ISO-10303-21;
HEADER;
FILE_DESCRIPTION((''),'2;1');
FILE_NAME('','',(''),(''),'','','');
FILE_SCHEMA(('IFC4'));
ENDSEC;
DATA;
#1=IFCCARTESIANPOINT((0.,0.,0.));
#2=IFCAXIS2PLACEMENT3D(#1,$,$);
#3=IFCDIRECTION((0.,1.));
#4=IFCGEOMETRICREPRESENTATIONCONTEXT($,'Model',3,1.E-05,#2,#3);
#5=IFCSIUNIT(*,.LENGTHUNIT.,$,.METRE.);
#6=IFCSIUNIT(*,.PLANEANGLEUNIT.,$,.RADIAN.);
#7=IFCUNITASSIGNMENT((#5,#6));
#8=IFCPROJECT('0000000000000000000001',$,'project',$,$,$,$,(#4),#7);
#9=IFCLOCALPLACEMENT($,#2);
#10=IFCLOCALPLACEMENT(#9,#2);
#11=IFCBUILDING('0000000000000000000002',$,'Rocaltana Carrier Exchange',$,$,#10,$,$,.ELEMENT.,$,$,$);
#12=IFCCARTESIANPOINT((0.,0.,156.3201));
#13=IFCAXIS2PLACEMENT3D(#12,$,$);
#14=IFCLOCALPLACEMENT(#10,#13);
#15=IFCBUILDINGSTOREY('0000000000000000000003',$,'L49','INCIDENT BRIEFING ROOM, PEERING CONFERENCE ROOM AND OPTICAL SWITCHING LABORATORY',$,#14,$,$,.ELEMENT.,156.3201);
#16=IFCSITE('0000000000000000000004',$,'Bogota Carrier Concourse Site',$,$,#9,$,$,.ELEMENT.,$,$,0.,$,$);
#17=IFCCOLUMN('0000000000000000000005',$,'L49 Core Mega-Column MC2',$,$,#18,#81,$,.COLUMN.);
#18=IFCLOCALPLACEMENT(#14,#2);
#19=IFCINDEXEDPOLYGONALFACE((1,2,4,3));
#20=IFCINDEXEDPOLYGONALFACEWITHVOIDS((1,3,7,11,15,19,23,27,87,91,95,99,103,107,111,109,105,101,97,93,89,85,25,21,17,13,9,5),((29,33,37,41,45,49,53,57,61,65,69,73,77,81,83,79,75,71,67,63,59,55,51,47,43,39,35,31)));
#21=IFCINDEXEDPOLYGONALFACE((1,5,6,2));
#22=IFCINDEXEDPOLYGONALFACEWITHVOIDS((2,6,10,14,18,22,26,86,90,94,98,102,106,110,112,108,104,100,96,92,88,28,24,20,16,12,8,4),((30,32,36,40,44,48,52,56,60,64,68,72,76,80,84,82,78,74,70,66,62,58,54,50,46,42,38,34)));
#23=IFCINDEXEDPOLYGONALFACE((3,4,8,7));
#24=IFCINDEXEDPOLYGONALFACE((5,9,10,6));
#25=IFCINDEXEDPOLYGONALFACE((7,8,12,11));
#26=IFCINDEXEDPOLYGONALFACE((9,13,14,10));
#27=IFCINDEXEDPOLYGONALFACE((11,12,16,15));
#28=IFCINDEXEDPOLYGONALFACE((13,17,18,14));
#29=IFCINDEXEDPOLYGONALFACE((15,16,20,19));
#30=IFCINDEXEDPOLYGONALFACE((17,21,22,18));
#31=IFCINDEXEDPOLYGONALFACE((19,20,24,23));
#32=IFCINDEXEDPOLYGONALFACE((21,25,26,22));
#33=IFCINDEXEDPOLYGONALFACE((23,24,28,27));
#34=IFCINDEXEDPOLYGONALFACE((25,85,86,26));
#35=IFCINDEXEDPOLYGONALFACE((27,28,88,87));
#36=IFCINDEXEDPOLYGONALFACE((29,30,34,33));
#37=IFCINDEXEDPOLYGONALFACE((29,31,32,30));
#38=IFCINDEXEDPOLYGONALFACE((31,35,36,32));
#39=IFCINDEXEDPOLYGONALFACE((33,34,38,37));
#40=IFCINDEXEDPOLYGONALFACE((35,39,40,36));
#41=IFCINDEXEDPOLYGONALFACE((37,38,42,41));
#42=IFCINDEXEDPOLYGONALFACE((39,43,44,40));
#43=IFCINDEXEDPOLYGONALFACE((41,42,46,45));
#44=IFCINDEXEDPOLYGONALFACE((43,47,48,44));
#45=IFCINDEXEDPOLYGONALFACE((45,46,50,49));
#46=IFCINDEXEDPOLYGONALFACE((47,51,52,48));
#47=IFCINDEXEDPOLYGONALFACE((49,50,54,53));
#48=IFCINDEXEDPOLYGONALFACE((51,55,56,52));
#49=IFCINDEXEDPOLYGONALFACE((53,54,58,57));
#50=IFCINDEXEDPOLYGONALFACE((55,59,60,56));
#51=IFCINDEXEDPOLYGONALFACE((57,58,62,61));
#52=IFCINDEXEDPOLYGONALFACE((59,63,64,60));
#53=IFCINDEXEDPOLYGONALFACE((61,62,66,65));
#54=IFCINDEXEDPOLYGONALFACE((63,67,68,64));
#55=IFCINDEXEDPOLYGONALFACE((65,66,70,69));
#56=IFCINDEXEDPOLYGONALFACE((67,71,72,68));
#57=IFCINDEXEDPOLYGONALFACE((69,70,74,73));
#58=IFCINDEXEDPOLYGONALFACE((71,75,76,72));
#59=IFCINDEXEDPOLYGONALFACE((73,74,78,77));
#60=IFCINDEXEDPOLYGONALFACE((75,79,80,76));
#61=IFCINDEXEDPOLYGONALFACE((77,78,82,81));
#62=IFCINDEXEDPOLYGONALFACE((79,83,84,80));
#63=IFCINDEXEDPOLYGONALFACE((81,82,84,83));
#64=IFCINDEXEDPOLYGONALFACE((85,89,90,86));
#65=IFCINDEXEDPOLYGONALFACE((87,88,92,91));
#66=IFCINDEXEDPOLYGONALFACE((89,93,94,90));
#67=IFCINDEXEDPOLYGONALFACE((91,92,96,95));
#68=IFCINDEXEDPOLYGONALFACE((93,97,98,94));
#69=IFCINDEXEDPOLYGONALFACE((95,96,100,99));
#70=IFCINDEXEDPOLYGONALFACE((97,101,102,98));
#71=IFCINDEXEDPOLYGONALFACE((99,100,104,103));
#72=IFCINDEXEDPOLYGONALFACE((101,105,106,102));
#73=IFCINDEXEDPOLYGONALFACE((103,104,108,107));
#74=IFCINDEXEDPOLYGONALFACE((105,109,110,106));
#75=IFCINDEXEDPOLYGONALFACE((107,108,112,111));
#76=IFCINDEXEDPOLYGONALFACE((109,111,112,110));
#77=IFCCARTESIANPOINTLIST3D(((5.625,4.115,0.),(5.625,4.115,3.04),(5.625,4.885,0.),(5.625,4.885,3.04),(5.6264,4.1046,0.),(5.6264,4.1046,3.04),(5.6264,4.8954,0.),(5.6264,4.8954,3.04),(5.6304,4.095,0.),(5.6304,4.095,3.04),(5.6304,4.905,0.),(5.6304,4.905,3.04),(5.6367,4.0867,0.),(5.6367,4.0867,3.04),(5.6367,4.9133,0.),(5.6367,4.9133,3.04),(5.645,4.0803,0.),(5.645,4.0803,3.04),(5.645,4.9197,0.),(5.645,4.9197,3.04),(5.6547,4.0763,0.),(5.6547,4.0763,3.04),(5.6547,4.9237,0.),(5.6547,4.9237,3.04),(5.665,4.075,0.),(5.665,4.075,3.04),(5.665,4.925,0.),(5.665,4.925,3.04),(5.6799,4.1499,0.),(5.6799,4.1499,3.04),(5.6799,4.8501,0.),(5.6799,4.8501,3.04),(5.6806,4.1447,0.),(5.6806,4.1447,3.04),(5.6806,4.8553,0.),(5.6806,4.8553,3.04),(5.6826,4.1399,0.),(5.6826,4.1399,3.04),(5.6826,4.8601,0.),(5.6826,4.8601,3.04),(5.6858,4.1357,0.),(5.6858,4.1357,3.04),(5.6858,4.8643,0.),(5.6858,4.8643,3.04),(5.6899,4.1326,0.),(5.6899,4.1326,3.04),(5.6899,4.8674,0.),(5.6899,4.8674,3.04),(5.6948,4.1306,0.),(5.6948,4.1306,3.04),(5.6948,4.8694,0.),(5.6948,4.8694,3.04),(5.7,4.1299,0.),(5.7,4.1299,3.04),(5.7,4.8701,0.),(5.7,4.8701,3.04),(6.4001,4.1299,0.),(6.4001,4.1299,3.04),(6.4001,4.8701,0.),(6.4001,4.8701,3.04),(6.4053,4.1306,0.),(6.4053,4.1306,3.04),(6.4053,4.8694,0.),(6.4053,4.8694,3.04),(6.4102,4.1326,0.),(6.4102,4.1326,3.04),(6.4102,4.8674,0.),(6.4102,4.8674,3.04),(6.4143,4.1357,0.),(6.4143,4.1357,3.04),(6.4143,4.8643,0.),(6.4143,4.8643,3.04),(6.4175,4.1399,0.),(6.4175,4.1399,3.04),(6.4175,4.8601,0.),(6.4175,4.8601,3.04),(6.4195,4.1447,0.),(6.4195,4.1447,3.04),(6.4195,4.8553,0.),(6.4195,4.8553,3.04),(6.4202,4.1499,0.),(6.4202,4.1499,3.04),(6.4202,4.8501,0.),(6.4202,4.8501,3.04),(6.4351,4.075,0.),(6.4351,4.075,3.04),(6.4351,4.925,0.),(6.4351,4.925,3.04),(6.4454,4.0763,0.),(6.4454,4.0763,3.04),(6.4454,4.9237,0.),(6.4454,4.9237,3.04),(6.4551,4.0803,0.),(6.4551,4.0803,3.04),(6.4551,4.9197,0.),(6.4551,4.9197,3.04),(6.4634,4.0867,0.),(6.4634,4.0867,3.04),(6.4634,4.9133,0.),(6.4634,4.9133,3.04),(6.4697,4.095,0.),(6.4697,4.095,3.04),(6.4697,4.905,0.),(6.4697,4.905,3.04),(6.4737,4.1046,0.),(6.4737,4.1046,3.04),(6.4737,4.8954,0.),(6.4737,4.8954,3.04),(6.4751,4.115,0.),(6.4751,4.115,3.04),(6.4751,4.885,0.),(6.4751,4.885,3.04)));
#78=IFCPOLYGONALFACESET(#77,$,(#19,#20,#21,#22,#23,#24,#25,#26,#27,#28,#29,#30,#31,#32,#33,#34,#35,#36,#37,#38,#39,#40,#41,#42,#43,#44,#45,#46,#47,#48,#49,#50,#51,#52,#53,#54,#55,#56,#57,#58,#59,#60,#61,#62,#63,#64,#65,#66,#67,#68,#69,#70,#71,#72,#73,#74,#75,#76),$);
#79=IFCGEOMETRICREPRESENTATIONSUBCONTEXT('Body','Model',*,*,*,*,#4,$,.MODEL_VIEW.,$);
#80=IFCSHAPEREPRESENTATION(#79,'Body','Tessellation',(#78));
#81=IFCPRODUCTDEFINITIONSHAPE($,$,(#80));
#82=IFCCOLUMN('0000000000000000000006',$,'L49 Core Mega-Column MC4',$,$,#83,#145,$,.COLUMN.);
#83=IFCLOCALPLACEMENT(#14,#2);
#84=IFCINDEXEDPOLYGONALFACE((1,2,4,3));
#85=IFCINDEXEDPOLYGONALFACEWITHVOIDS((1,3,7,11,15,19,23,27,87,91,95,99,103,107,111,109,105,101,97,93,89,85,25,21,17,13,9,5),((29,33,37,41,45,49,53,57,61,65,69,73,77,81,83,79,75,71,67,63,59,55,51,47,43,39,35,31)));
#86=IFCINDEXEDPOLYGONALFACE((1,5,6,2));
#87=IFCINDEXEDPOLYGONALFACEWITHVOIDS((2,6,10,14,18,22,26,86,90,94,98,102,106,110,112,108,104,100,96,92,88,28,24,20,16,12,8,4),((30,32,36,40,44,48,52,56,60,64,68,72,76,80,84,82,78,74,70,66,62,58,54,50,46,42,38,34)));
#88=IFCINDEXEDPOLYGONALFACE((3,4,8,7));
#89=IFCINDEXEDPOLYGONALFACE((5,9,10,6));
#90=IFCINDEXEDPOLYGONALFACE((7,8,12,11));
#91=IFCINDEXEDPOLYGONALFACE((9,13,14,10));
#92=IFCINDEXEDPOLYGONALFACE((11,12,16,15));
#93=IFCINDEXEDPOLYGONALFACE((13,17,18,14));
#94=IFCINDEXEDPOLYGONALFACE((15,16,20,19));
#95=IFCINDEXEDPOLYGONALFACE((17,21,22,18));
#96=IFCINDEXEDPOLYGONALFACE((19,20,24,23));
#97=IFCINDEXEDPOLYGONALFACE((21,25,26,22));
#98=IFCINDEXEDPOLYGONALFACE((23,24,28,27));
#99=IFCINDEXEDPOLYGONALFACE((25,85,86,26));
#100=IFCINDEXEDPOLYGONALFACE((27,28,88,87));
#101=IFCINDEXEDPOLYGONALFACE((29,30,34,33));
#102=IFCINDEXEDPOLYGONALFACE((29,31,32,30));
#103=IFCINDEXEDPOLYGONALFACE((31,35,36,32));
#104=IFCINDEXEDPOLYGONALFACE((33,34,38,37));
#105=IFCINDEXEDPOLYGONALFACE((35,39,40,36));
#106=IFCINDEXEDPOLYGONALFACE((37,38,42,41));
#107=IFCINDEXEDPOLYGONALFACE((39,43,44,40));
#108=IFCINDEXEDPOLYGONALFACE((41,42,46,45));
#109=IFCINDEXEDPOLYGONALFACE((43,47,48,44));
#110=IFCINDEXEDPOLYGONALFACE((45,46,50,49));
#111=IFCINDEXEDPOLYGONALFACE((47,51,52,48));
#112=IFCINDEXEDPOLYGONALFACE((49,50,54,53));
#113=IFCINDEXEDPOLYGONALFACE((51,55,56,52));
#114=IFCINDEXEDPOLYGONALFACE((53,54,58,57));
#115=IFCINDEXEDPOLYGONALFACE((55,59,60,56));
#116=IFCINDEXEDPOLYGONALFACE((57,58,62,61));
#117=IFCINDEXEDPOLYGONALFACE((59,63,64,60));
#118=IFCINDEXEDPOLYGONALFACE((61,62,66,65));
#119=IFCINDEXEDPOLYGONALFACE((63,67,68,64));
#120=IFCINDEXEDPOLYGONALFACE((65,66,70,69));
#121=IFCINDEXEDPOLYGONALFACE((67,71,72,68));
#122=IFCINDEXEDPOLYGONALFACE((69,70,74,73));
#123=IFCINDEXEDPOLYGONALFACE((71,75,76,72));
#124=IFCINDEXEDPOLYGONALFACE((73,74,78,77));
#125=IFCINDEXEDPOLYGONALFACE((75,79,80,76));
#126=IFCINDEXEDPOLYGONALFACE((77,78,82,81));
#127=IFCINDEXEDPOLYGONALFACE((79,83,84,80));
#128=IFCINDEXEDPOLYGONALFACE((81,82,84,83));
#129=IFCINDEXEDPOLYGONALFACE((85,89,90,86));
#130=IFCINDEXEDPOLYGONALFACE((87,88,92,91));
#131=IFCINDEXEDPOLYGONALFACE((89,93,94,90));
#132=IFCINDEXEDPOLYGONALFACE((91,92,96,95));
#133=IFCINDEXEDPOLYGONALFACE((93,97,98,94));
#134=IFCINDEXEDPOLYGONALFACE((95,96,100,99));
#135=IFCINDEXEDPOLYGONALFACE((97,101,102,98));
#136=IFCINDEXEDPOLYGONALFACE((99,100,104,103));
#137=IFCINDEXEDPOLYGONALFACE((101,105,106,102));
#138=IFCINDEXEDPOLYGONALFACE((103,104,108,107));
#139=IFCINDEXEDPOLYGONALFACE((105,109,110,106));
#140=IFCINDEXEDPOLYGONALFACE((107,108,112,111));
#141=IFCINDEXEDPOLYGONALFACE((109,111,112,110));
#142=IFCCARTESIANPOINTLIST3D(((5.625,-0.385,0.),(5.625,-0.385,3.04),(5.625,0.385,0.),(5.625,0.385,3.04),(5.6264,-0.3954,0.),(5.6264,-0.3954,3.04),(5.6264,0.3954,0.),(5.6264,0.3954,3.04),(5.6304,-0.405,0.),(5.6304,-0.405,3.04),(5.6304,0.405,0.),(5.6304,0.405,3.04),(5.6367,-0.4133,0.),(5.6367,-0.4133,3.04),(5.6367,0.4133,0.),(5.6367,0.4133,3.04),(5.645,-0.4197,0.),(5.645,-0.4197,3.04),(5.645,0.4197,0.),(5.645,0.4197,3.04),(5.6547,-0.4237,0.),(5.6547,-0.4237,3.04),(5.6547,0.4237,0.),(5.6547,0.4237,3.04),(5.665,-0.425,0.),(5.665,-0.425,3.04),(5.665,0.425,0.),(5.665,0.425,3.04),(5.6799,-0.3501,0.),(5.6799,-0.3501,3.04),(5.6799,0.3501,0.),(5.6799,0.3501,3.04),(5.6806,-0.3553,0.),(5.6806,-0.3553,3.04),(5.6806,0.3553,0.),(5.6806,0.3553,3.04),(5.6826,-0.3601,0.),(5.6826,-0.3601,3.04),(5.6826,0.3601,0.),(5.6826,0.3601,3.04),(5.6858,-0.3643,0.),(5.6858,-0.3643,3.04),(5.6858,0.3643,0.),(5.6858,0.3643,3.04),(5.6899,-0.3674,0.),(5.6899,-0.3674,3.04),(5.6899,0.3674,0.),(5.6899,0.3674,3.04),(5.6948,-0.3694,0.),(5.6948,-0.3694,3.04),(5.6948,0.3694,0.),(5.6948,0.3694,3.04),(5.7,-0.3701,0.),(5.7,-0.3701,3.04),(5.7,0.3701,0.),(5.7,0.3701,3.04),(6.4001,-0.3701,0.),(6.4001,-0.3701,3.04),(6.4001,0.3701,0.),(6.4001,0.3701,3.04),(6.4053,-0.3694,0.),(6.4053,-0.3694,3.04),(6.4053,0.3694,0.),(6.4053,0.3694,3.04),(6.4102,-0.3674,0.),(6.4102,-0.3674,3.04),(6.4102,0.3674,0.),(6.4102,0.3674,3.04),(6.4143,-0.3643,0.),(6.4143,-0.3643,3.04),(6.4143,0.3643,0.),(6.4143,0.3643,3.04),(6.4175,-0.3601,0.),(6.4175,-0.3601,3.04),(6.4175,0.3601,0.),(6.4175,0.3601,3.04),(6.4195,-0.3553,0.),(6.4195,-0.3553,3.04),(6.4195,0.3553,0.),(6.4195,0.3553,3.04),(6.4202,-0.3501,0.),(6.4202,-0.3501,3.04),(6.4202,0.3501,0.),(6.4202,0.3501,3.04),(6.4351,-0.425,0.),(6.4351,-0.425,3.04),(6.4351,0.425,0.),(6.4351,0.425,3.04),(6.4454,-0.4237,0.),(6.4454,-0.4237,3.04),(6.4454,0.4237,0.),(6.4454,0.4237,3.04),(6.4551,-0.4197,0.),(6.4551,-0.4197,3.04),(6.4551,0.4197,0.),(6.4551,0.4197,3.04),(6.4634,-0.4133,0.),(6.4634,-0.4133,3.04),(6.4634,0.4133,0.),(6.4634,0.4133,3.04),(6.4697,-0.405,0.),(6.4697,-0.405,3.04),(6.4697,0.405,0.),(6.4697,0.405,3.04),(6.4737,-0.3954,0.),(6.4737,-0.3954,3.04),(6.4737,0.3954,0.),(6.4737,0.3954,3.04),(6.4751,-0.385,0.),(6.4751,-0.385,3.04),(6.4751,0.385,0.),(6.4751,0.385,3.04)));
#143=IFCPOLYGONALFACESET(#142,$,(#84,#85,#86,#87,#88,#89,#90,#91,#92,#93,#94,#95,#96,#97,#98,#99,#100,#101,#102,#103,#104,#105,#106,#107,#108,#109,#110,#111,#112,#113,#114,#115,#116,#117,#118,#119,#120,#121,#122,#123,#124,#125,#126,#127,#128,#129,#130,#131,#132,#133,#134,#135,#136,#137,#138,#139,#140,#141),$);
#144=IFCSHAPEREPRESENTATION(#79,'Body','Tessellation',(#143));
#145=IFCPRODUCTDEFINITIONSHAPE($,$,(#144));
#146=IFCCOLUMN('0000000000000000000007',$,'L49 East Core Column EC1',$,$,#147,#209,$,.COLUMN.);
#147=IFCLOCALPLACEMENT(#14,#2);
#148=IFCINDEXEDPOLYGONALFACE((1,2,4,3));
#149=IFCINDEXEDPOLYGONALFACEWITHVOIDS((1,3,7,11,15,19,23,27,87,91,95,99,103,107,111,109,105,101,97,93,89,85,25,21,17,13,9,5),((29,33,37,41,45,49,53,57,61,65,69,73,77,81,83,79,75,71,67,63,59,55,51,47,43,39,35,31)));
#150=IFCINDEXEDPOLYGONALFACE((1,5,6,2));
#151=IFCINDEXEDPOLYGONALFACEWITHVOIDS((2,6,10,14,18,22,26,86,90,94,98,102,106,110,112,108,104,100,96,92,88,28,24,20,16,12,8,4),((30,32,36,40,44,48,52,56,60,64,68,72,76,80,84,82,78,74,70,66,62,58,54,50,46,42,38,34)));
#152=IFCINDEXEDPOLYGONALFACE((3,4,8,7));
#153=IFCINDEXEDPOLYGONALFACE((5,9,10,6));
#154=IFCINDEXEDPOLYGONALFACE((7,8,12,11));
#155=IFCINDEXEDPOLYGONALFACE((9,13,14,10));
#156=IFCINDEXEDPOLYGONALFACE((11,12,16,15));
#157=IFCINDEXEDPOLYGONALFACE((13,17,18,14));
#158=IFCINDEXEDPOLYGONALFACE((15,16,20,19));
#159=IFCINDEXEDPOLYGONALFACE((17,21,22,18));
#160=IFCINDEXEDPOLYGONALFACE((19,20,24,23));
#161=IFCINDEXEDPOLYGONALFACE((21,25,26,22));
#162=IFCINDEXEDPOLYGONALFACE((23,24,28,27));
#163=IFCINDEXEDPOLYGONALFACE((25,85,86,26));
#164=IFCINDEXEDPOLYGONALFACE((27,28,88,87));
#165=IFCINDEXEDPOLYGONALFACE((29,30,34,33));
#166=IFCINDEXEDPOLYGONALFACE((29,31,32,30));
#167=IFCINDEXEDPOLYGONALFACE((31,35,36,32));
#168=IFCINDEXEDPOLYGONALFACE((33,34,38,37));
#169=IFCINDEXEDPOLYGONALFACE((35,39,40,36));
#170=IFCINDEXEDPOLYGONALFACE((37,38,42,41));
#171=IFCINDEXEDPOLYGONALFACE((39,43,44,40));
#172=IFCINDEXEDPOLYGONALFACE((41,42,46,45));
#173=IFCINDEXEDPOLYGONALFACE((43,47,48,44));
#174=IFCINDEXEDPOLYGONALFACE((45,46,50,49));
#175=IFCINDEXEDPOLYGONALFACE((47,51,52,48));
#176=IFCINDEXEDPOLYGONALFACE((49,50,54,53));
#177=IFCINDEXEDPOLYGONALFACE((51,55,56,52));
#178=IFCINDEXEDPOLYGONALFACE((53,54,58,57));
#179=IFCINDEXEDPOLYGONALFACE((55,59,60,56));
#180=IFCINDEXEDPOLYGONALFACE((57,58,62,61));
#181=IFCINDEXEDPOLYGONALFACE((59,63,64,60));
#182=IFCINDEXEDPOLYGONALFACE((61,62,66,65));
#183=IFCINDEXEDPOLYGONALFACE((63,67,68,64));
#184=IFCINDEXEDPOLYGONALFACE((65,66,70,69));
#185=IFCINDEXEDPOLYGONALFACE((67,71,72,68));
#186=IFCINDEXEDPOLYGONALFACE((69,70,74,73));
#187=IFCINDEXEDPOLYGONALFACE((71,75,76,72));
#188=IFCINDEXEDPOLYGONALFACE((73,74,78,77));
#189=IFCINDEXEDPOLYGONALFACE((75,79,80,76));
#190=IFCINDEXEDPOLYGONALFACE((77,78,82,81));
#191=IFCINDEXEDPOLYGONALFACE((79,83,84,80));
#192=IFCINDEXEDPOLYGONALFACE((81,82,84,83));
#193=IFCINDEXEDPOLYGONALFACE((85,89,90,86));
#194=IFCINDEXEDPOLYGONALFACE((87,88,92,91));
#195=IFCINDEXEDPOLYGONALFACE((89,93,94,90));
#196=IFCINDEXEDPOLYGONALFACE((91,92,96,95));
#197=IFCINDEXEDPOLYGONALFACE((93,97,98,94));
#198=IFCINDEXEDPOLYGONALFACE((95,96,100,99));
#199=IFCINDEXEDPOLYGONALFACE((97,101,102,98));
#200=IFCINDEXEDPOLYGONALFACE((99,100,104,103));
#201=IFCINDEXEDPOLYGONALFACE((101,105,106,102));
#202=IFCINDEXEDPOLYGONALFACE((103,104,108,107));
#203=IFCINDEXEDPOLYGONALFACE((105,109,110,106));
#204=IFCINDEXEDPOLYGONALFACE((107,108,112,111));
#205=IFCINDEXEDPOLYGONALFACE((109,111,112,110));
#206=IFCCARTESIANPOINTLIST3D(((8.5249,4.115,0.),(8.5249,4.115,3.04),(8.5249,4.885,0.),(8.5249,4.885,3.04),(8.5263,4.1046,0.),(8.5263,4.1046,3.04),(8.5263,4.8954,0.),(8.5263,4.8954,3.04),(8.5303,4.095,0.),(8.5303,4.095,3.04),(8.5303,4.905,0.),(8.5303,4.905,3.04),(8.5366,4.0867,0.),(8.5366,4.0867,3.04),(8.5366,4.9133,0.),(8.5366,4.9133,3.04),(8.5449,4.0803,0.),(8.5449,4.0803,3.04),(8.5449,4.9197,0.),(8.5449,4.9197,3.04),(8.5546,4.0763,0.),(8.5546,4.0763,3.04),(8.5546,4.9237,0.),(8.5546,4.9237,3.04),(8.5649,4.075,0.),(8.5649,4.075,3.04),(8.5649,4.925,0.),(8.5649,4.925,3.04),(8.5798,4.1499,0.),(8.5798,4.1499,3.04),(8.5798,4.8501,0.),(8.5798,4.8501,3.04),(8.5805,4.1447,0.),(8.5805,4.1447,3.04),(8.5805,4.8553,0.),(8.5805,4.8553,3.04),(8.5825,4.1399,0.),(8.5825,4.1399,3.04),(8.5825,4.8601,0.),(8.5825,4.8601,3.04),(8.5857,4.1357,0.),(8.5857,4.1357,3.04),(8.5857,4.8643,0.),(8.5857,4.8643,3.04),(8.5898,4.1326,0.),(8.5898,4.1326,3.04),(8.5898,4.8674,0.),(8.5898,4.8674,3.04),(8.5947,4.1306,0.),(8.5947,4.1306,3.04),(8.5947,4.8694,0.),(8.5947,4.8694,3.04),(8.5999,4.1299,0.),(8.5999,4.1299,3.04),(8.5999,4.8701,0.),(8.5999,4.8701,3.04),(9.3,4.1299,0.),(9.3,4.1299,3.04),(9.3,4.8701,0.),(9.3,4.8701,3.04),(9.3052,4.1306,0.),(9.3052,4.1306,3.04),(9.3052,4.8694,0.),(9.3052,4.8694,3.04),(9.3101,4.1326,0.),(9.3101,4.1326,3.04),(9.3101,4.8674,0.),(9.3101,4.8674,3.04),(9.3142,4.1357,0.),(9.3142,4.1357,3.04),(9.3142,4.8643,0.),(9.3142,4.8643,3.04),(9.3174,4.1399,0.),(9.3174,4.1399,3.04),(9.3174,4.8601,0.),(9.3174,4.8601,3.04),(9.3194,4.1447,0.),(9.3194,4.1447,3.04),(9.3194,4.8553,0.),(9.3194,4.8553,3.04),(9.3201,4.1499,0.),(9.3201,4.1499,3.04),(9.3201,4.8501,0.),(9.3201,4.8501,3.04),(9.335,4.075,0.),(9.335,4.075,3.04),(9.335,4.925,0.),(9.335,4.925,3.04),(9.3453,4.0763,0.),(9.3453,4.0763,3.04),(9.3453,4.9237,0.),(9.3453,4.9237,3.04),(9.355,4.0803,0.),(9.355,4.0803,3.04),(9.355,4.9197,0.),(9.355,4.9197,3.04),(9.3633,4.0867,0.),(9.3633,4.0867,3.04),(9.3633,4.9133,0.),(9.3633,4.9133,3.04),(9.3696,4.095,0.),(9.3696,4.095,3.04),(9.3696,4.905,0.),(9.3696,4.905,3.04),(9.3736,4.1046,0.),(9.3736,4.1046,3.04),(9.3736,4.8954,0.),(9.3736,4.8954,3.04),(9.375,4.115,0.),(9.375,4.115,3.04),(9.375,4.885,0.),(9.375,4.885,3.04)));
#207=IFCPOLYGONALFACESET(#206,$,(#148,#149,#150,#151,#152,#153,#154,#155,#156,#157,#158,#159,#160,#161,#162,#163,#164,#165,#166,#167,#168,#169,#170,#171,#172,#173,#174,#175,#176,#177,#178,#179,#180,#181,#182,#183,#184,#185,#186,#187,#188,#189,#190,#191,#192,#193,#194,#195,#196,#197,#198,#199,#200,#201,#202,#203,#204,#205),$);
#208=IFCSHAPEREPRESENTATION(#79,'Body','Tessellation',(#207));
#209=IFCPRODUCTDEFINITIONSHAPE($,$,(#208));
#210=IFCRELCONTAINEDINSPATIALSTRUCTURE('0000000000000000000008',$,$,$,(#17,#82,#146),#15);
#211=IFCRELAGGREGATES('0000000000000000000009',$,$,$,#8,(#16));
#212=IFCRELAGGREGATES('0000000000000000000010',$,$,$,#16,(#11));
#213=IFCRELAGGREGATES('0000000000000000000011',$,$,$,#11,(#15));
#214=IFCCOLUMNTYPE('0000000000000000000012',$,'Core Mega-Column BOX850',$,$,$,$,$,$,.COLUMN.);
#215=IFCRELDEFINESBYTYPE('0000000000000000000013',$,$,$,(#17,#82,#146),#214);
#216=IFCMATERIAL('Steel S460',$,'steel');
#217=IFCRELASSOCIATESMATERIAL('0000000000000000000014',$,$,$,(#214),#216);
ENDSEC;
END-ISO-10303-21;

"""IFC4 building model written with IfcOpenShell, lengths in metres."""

from ifc_helpers import new_model, si_unit, direction, frame, origin, origin_2d, place, context, subcontext, project, spatial, hollow_rectangle, extrude, material, material_profile, profile_set, type_object, element, save


model = new_model("IFC4")

# Units and contexts
model_context = context("Model", 3, precision=1e-05, world=origin(), true_north=direction((0.0, 1.0)))
body_context = subcontext(model_context, "Body", "Model", "MODEL_VIEW")
ifc_project = project(units=[si_unit("LENGTHUNIT", "METRE"), si_unit("PLANEANGLEUNIT", "RADIAN")], contexts=[model_context])

# Site, building, storey
site_placement = place(None, origin())
site = spatial("IfcSite", under=ifc_project, at=site_placement, Name="Bogota Carrier Concourse Site", CompositionType="ELEMENT", RefElevation=0.0)
building_placement = place(site_placement, origin())
building = spatial("IfcBuilding", under=site, at=building_placement, Name="Rocaltana Carrier Exchange", CompositionType="ELEMENT")
storey_placement = place(building_placement, frame((0.0, 0.0, 156.3201)))
storey = spatial("IfcBuildingStorey", under=building, at=storey_placement, Name="L49", Description="INCIDENT BRIEFING ROOM, PEERING CONFERENCE ROOM AND OPTICAL SWITCHING LABORATORY", CompositionType="ELEMENT", Elevation=156.3201)

# Columns
ifc_material_1 = material(Name="Steel S460", Category="steel")
ifc_material_profile_1 = material_profile(ifc_material_1, hollow_rectangle(XDim=0.8501, YDim=0.8501, WallThickness=0.0549, InnerFilletRadius=0.02, OuterFilletRadius=0.04, at=origin_2d()), Name="BOX850X850X55")
ifc_profile_set_1 = profile_set([ifc_material_profile_1], Name="Steel S460")
column_type = type_object("IfcColumnType", Name="Core Mega-Column BOX850", PredefinedType="COLUMN", material=ifc_profile_set_1)
for number, where, z_axis, x_axis, name in (
    (1, (6.05, 4.5, 0.0), (0.0, 0.0, 1.0), (1.0, 0.0, 0.0), "L49 Core Mega-Column MC2"),
    (2, (6.05, 0.0, 0.0), (0.0, 0.0, 1.0), (1.0, 0.0, 0.0), "L49 Core Mega-Column MC4"),
    (3, (8.95, 4.5, 0.0), (0.0, 0.0, 1.0), (1.0, 0.0, 0.0), "L49 East Core Column EC1"),
):
    element("IfcColumn", number, at=place(storey_placement, frame(where, z_axis=z_axis, x_axis=x_axis)), inside=storey, type_object=column_type, Name=name, PredefinedType="COLUMN", context=body_context, shape_type="SweptSolid", body=[
        extrude(hollow_rectangle(XDim=0.8501, YDim=0.8501, WallThickness=0.0549, InnerFilletRadius=0.02, OuterFilletRadius=0.04, at=origin_2d()), origin(), (0.0, 0.0, 1.0), 3.04),
    ])

save(model, "model.ifc")
